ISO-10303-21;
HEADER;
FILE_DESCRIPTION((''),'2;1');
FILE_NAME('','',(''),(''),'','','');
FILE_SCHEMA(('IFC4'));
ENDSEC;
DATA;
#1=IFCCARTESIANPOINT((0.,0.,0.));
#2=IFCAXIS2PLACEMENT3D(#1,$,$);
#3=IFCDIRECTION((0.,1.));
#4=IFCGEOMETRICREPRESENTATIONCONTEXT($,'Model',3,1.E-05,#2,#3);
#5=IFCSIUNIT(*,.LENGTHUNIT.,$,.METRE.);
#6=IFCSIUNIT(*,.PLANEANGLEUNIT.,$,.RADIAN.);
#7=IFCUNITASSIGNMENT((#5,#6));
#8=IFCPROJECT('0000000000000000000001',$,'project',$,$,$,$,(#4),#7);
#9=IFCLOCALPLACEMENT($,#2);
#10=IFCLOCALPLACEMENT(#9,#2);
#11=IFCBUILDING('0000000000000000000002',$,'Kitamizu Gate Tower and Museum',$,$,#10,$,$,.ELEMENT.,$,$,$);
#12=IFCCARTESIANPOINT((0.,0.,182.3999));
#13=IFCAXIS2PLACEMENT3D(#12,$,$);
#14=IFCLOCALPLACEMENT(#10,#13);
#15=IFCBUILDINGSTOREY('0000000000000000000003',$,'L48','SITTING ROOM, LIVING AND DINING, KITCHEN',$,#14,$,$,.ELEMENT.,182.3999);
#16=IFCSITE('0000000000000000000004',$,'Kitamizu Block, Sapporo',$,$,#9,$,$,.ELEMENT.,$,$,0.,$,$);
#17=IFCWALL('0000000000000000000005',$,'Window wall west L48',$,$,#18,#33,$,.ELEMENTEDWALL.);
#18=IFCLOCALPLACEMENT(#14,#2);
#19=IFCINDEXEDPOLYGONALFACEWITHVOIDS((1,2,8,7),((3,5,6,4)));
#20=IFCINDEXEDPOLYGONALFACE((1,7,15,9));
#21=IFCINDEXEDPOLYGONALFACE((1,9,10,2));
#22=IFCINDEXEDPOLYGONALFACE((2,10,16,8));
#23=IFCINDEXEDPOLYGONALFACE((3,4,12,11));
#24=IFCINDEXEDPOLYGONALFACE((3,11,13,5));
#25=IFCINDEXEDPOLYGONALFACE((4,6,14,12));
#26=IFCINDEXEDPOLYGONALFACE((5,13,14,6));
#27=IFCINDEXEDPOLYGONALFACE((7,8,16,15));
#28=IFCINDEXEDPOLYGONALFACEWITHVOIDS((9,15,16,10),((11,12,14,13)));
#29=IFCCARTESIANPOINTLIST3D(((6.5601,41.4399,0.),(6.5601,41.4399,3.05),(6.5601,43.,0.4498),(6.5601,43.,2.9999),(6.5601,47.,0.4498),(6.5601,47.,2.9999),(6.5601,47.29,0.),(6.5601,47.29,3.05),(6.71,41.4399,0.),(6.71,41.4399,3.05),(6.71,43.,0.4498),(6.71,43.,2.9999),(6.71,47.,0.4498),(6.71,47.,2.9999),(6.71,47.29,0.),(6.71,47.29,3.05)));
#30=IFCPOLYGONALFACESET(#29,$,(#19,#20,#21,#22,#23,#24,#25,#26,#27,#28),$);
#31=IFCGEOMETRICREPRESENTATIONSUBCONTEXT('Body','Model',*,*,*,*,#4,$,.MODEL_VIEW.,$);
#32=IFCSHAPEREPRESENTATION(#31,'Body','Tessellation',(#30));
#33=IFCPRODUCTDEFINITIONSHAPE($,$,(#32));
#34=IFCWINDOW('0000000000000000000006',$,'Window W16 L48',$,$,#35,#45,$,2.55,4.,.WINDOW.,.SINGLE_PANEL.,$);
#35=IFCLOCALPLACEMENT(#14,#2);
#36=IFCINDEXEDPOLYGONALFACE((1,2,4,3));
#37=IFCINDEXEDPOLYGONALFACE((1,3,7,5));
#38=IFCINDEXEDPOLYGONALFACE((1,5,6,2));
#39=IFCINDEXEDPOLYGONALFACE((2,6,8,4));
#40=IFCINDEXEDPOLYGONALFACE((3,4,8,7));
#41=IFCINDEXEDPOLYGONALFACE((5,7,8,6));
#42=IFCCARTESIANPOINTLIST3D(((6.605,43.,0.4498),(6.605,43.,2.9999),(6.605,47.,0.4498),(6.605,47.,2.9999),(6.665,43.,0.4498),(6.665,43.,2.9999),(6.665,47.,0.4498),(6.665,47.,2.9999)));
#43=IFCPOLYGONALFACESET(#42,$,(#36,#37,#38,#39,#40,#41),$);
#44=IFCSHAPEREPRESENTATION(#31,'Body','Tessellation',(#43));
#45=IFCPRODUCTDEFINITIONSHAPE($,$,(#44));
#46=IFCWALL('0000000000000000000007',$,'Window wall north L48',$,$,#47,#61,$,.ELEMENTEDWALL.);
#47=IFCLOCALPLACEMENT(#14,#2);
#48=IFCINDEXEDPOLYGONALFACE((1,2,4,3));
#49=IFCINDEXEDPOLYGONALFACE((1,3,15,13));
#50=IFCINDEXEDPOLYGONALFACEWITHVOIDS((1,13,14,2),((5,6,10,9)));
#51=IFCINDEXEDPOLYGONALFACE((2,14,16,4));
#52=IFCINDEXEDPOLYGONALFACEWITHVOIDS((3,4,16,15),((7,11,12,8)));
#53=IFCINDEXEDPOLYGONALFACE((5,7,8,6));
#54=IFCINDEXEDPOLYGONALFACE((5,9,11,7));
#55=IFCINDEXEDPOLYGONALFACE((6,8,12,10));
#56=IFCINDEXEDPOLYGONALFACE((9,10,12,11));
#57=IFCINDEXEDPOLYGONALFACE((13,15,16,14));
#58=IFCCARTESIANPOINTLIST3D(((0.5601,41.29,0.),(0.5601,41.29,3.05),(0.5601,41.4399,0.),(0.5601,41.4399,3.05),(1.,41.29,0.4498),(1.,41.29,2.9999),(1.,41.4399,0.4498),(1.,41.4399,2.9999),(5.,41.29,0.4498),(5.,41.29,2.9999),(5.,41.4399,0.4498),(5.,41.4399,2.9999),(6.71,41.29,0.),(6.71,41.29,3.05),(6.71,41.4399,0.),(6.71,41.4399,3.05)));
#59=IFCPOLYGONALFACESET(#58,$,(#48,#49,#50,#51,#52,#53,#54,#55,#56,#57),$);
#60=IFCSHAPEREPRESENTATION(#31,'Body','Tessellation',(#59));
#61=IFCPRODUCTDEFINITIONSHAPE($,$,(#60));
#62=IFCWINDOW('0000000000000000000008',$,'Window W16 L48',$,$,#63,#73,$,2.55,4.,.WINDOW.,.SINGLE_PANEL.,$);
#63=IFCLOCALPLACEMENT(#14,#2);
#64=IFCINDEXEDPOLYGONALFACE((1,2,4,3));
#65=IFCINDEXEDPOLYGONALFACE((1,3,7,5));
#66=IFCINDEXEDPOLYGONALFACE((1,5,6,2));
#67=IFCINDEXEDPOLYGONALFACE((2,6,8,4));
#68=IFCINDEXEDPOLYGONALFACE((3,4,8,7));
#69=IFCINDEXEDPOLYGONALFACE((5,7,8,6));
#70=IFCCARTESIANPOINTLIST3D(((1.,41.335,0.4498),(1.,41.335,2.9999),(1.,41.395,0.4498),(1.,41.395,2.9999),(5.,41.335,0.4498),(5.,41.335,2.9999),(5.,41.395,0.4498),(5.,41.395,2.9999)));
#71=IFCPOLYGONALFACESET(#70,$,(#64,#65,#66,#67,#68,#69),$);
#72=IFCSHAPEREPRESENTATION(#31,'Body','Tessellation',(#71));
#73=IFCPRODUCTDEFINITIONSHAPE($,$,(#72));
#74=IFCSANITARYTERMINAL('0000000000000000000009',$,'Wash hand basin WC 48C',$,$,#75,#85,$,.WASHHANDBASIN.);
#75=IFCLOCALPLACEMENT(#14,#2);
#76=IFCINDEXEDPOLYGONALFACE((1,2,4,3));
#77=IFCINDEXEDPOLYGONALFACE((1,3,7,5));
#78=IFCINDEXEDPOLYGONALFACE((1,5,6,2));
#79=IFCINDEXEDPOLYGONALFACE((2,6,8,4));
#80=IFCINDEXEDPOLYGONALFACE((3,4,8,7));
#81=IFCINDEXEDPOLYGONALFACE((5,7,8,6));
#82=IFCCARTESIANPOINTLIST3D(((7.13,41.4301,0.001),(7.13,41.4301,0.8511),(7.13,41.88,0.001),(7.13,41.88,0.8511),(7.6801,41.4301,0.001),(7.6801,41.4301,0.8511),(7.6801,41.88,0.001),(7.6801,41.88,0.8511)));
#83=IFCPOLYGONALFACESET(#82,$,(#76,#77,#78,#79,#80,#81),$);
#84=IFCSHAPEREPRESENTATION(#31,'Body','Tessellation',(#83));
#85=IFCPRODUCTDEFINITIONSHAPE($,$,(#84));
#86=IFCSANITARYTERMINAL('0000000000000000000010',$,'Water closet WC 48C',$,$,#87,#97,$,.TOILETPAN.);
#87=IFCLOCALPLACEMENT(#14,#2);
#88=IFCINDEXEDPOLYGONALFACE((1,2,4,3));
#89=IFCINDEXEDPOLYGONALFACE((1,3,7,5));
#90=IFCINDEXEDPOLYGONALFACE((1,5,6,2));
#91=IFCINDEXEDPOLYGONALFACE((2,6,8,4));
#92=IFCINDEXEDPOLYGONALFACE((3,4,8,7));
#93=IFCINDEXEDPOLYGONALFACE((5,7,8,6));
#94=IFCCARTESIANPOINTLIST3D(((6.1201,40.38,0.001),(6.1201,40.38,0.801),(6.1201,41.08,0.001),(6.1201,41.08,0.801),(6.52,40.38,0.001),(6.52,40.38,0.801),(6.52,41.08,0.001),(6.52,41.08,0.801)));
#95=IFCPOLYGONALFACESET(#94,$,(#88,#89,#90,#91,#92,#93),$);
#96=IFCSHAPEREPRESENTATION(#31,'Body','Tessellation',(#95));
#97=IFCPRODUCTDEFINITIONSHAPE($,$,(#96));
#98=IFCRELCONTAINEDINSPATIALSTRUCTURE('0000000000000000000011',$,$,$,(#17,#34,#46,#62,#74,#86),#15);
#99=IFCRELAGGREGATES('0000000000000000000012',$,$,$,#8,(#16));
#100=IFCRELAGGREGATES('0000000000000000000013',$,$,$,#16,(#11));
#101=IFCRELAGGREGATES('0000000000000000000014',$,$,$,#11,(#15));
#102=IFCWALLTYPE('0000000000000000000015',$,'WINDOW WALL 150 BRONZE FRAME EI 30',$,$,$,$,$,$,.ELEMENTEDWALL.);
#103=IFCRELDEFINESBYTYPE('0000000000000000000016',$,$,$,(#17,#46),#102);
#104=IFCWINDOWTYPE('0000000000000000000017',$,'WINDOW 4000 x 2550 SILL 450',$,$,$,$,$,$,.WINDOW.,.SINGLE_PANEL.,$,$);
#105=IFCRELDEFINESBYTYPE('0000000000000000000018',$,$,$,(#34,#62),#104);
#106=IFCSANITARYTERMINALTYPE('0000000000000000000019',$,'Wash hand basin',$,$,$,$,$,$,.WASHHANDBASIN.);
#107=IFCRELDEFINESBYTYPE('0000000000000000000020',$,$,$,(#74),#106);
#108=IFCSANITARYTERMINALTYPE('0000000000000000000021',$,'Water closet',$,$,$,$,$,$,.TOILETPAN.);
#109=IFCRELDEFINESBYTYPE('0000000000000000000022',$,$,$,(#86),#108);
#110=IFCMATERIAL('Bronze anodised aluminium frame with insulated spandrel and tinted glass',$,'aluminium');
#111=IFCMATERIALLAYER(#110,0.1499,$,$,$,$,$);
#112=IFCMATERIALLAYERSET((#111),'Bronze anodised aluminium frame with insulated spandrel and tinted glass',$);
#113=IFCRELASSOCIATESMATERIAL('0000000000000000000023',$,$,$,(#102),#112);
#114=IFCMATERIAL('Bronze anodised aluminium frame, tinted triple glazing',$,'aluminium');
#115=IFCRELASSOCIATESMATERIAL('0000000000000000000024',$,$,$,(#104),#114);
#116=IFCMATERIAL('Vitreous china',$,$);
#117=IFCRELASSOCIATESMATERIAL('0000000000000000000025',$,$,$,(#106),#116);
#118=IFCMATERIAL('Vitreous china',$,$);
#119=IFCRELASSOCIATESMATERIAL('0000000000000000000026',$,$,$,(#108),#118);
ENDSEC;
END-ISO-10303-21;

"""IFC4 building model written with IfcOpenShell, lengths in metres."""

from ifc_helpers import new_model, si_unit, direction, frame, frame_2d, origin, origin_2d, place, context, subcontext, project, spatial, rectangle, extrude, material, layer, layer_set, type_object, element, fill, save


model = new_model("IFC4")

# Units and contexts
model_context = context("Model", 3, precision=1e-05, world=origin(), true_north=direction((0.0, 1.0)))
body_context = subcontext(model_context, "Body", "Model", "MODEL_VIEW")
ifc_project = project(units=[si_unit("LENGTHUNIT", "METRE"), si_unit("PLANEANGLEUNIT", "RADIAN")], contexts=[model_context])

# Site, building, storey
site_placement = place(None, origin())
site = spatial("IfcSite", under=ifc_project, at=site_placement, Name="Kitamizu Block, Sapporo", CompositionType="ELEMENT", RefElevation=0.0)
building_placement = place(site_placement, origin())
building = spatial("IfcBuilding", under=site, at=building_placement, Name="Kitamizu Gate Tower and Museum", CompositionType="ELEMENT")
storey_placement = place(building_placement, frame((0.0, 0.0, 182.3999)))
storey = spatial("IfcBuildingStorey", under=building, at=storey_placement, Name="L48", Description="SITTING ROOM, LIVING AND DINING, KITCHEN", CompositionType="ELEMENT", Elevation=182.3999)

# Shared definitions
ifc_material_1 = material(Name="Bronze anodised aluminium frame with insulated spandrel and tinted glass", Category="aluminium")
ifc_layer_1 = layer(ifc_material_1, 0.1499)
ifc_layer_set_1 = layer_set([ifc_layer_1], Name="Bronze anodised aluminium frame with insulated spandrel and tinted glass")
wall_type_1 = type_object("IfcWallType", Name="WINDOW WALL 150 BRONZE FRAME EI 30", PredefinedType="ELEMENTEDWALL", material=ifc_layer_set_1)

# Walls, openings, windows
wall_1_placement = place(storey_placement, frame((6.635, 41.4399, 0.0), z_axis=(0.0, 0.0, 1.0), x_axis=(0.0, 1.0, 0.0)))
wall_1 = element("IfcWall", 1, at=wall_1_placement, inside=storey, type_object=wall_type_1, Name="Window wall west L48", PredefinedType="ELEMENTEDWALL", context=body_context, shape_type="SweptSolid", body=[
    extrude(rectangle(XDim=5.8501, YDim=0.1499, at=frame_2d((2.925, 0.0))), origin(), (0.0, 0.0, 1.0), 3.05),
])
opening_1_placement = place(wall_1_placement, frame((1.5601, 0.0, 0.45)))
opening_1 = element("IfcOpeningElement", 2, at=opening_1_placement, cuts=wall_1, PredefinedType="OPENING", context=body_context, shape_type="SweptSolid", body=[
    extrude(rectangle(XDim=4.0, YDim=2.55, at=frame_2d((2.0, 1.2749))), frame((0.0, 0.085, 0.0), z_axis=(0.0, -1.0, 0.0), x_axis=(1.0, 0.0, 0.0)), (0.0, 0.0, 1.0), 0.1699),
])
ifc_material_2 = material(Name="Bronze anodised aluminium frame, tinted triple glazing", Category="aluminium")
window_type_1 = type_object("IfcWindowType", Name="WINDOW 4000 x 2550 SILL 450", PartitioningType="SINGLE_PANEL", PredefinedType="WINDOW", material=ifc_material_2)
window_1_placement = place(opening_1_placement, origin())
window_1 = element("IfcWindow", 3, at=window_1_placement, inside=storey, type_object=window_type_1, Name="Window W16 L48", OverallHeight=2.55, OverallWidth=4.0, PartitioningType="SINGLE_PANEL", PredefinedType="WINDOW", context=body_context, shape_type="SweptSolid", body=[
    extrude(rectangle(XDim=4.0, YDim=2.55, at=frame_2d((2.0, 1.2749))), frame((0.0, 0.03, 0.0), z_axis=(0.0, -1.0, 0.0), x_axis=(1.0, 0.0, 0.0)), (0.0, 0.0, 1.0), 0.0601),
])
fill(opening_1, window_1)
wall_2_placement = place(storey_placement, frame((0.5601, 41.365, 0.0), z_axis=(0.0, 0.0, 1.0), x_axis=(1.0, 0.0, 0.0)))
wall_2 = element("IfcWall", 4, at=wall_2_placement, inside=storey, type_object=wall_type_1, Name="Window wall north L48", PredefinedType="ELEMENTEDWALL", context=body_context, shape_type="SweptSolid", body=[
    extrude(rectangle(XDim=6.1499, YDim=0.1499, at=frame_2d((3.075, 0.0))), origin(), (0.0, 0.0, 1.0), 3.05),
])
opening_2_placement = place(wall_2_placement, frame((0.4399, 0.0, 0.45)))
opening_2 = element("IfcOpeningElement", 5, at=opening_2_placement, cuts=wall_2, PredefinedType="OPENING", context=body_context, shape_type="SweptSolid", body=[
    extrude(rectangle(XDim=4.0, YDim=2.55, at=frame_2d((2.0, 1.2749))), frame((0.0, 0.085, 0.0), z_axis=(0.0, -1.0, 0.0), x_axis=(1.0, 0.0, 0.0)), (0.0, 0.0, 1.0), 0.1699),
])
window_2_placement = place(opening_2_placement, origin())
window_2 = element("IfcWindow", 6, at=window_2_placement, inside=storey, type_object=window_type_1, Name="Window W16 L48", OverallHeight=2.55, OverallWidth=4.0, PartitioningType="SINGLE_PANEL", PredefinedType="WINDOW", context=body_context, shape_type="SweptSolid", body=[
    extrude(rectangle(XDim=4.0, YDim=2.55, at=frame_2d((2.0, 1.2749))), frame((0.0, 0.03, 0.0), z_axis=(0.0, -1.0, 0.0), x_axis=(1.0, 0.0, 0.0)), (0.0, 0.0, 1.0), 0.0601),
])
fill(opening_2, window_2)

# Sanitary terminals
ifc_material_3 = material(Name="Vitreous china")
sanitary_terminal_type_1 = type_object("IfcSanitaryTerminalType", Name="Wash hand basin", PredefinedType="WASHHANDBASIN", material=ifc_material_3)
sanitary_terminal_1_placement = place(storey_placement, frame((7.405, 41.655, 0.001), z_axis=(0.0, 0.0, 1.0), x_axis=(1.0, 0.0, 0.0)))
element("IfcSanitaryTerminal", 7, at=sanitary_terminal_1_placement, inside=storey, type_object=sanitary_terminal_type_1, Name="Wash hand basin WC 48C", PredefinedType="WASHHANDBASIN", context=body_context, shape_type="SweptSolid", body=[
    extrude(rectangle(XDim=0.55, YDim=0.45, at=origin_2d()), origin(), (0.0, 0.0, 1.0), 0.8501),
])
ifc_material_4 = material(Name="Vitreous china")
sanitary_terminal_type_2 = type_object("IfcSanitaryTerminalType", Name="Water closet", PredefinedType="TOILETPAN", material=ifc_material_4)
sanitary_terminal_2_placement = place(storey_placement, frame((6.3201, 40.73, 0.001), z_axis=(0.0, 0.0, 1.0), x_axis=(1.0, 0.0, 0.0)))
element("IfcSanitaryTerminal", 8, at=sanitary_terminal_2_placement, inside=storey, type_object=sanitary_terminal_type_2, Name="Water closet WC 48C", PredefinedType="TOILETPAN", context=body_context, shape_type="SweptSolid", body=[
    extrude(rectangle(XDim=0.3999, YDim=0.7, at=origin_2d()), origin(), (0.0, 0.0, 1.0), 0.8),
])

save(model, "model.ifc")
